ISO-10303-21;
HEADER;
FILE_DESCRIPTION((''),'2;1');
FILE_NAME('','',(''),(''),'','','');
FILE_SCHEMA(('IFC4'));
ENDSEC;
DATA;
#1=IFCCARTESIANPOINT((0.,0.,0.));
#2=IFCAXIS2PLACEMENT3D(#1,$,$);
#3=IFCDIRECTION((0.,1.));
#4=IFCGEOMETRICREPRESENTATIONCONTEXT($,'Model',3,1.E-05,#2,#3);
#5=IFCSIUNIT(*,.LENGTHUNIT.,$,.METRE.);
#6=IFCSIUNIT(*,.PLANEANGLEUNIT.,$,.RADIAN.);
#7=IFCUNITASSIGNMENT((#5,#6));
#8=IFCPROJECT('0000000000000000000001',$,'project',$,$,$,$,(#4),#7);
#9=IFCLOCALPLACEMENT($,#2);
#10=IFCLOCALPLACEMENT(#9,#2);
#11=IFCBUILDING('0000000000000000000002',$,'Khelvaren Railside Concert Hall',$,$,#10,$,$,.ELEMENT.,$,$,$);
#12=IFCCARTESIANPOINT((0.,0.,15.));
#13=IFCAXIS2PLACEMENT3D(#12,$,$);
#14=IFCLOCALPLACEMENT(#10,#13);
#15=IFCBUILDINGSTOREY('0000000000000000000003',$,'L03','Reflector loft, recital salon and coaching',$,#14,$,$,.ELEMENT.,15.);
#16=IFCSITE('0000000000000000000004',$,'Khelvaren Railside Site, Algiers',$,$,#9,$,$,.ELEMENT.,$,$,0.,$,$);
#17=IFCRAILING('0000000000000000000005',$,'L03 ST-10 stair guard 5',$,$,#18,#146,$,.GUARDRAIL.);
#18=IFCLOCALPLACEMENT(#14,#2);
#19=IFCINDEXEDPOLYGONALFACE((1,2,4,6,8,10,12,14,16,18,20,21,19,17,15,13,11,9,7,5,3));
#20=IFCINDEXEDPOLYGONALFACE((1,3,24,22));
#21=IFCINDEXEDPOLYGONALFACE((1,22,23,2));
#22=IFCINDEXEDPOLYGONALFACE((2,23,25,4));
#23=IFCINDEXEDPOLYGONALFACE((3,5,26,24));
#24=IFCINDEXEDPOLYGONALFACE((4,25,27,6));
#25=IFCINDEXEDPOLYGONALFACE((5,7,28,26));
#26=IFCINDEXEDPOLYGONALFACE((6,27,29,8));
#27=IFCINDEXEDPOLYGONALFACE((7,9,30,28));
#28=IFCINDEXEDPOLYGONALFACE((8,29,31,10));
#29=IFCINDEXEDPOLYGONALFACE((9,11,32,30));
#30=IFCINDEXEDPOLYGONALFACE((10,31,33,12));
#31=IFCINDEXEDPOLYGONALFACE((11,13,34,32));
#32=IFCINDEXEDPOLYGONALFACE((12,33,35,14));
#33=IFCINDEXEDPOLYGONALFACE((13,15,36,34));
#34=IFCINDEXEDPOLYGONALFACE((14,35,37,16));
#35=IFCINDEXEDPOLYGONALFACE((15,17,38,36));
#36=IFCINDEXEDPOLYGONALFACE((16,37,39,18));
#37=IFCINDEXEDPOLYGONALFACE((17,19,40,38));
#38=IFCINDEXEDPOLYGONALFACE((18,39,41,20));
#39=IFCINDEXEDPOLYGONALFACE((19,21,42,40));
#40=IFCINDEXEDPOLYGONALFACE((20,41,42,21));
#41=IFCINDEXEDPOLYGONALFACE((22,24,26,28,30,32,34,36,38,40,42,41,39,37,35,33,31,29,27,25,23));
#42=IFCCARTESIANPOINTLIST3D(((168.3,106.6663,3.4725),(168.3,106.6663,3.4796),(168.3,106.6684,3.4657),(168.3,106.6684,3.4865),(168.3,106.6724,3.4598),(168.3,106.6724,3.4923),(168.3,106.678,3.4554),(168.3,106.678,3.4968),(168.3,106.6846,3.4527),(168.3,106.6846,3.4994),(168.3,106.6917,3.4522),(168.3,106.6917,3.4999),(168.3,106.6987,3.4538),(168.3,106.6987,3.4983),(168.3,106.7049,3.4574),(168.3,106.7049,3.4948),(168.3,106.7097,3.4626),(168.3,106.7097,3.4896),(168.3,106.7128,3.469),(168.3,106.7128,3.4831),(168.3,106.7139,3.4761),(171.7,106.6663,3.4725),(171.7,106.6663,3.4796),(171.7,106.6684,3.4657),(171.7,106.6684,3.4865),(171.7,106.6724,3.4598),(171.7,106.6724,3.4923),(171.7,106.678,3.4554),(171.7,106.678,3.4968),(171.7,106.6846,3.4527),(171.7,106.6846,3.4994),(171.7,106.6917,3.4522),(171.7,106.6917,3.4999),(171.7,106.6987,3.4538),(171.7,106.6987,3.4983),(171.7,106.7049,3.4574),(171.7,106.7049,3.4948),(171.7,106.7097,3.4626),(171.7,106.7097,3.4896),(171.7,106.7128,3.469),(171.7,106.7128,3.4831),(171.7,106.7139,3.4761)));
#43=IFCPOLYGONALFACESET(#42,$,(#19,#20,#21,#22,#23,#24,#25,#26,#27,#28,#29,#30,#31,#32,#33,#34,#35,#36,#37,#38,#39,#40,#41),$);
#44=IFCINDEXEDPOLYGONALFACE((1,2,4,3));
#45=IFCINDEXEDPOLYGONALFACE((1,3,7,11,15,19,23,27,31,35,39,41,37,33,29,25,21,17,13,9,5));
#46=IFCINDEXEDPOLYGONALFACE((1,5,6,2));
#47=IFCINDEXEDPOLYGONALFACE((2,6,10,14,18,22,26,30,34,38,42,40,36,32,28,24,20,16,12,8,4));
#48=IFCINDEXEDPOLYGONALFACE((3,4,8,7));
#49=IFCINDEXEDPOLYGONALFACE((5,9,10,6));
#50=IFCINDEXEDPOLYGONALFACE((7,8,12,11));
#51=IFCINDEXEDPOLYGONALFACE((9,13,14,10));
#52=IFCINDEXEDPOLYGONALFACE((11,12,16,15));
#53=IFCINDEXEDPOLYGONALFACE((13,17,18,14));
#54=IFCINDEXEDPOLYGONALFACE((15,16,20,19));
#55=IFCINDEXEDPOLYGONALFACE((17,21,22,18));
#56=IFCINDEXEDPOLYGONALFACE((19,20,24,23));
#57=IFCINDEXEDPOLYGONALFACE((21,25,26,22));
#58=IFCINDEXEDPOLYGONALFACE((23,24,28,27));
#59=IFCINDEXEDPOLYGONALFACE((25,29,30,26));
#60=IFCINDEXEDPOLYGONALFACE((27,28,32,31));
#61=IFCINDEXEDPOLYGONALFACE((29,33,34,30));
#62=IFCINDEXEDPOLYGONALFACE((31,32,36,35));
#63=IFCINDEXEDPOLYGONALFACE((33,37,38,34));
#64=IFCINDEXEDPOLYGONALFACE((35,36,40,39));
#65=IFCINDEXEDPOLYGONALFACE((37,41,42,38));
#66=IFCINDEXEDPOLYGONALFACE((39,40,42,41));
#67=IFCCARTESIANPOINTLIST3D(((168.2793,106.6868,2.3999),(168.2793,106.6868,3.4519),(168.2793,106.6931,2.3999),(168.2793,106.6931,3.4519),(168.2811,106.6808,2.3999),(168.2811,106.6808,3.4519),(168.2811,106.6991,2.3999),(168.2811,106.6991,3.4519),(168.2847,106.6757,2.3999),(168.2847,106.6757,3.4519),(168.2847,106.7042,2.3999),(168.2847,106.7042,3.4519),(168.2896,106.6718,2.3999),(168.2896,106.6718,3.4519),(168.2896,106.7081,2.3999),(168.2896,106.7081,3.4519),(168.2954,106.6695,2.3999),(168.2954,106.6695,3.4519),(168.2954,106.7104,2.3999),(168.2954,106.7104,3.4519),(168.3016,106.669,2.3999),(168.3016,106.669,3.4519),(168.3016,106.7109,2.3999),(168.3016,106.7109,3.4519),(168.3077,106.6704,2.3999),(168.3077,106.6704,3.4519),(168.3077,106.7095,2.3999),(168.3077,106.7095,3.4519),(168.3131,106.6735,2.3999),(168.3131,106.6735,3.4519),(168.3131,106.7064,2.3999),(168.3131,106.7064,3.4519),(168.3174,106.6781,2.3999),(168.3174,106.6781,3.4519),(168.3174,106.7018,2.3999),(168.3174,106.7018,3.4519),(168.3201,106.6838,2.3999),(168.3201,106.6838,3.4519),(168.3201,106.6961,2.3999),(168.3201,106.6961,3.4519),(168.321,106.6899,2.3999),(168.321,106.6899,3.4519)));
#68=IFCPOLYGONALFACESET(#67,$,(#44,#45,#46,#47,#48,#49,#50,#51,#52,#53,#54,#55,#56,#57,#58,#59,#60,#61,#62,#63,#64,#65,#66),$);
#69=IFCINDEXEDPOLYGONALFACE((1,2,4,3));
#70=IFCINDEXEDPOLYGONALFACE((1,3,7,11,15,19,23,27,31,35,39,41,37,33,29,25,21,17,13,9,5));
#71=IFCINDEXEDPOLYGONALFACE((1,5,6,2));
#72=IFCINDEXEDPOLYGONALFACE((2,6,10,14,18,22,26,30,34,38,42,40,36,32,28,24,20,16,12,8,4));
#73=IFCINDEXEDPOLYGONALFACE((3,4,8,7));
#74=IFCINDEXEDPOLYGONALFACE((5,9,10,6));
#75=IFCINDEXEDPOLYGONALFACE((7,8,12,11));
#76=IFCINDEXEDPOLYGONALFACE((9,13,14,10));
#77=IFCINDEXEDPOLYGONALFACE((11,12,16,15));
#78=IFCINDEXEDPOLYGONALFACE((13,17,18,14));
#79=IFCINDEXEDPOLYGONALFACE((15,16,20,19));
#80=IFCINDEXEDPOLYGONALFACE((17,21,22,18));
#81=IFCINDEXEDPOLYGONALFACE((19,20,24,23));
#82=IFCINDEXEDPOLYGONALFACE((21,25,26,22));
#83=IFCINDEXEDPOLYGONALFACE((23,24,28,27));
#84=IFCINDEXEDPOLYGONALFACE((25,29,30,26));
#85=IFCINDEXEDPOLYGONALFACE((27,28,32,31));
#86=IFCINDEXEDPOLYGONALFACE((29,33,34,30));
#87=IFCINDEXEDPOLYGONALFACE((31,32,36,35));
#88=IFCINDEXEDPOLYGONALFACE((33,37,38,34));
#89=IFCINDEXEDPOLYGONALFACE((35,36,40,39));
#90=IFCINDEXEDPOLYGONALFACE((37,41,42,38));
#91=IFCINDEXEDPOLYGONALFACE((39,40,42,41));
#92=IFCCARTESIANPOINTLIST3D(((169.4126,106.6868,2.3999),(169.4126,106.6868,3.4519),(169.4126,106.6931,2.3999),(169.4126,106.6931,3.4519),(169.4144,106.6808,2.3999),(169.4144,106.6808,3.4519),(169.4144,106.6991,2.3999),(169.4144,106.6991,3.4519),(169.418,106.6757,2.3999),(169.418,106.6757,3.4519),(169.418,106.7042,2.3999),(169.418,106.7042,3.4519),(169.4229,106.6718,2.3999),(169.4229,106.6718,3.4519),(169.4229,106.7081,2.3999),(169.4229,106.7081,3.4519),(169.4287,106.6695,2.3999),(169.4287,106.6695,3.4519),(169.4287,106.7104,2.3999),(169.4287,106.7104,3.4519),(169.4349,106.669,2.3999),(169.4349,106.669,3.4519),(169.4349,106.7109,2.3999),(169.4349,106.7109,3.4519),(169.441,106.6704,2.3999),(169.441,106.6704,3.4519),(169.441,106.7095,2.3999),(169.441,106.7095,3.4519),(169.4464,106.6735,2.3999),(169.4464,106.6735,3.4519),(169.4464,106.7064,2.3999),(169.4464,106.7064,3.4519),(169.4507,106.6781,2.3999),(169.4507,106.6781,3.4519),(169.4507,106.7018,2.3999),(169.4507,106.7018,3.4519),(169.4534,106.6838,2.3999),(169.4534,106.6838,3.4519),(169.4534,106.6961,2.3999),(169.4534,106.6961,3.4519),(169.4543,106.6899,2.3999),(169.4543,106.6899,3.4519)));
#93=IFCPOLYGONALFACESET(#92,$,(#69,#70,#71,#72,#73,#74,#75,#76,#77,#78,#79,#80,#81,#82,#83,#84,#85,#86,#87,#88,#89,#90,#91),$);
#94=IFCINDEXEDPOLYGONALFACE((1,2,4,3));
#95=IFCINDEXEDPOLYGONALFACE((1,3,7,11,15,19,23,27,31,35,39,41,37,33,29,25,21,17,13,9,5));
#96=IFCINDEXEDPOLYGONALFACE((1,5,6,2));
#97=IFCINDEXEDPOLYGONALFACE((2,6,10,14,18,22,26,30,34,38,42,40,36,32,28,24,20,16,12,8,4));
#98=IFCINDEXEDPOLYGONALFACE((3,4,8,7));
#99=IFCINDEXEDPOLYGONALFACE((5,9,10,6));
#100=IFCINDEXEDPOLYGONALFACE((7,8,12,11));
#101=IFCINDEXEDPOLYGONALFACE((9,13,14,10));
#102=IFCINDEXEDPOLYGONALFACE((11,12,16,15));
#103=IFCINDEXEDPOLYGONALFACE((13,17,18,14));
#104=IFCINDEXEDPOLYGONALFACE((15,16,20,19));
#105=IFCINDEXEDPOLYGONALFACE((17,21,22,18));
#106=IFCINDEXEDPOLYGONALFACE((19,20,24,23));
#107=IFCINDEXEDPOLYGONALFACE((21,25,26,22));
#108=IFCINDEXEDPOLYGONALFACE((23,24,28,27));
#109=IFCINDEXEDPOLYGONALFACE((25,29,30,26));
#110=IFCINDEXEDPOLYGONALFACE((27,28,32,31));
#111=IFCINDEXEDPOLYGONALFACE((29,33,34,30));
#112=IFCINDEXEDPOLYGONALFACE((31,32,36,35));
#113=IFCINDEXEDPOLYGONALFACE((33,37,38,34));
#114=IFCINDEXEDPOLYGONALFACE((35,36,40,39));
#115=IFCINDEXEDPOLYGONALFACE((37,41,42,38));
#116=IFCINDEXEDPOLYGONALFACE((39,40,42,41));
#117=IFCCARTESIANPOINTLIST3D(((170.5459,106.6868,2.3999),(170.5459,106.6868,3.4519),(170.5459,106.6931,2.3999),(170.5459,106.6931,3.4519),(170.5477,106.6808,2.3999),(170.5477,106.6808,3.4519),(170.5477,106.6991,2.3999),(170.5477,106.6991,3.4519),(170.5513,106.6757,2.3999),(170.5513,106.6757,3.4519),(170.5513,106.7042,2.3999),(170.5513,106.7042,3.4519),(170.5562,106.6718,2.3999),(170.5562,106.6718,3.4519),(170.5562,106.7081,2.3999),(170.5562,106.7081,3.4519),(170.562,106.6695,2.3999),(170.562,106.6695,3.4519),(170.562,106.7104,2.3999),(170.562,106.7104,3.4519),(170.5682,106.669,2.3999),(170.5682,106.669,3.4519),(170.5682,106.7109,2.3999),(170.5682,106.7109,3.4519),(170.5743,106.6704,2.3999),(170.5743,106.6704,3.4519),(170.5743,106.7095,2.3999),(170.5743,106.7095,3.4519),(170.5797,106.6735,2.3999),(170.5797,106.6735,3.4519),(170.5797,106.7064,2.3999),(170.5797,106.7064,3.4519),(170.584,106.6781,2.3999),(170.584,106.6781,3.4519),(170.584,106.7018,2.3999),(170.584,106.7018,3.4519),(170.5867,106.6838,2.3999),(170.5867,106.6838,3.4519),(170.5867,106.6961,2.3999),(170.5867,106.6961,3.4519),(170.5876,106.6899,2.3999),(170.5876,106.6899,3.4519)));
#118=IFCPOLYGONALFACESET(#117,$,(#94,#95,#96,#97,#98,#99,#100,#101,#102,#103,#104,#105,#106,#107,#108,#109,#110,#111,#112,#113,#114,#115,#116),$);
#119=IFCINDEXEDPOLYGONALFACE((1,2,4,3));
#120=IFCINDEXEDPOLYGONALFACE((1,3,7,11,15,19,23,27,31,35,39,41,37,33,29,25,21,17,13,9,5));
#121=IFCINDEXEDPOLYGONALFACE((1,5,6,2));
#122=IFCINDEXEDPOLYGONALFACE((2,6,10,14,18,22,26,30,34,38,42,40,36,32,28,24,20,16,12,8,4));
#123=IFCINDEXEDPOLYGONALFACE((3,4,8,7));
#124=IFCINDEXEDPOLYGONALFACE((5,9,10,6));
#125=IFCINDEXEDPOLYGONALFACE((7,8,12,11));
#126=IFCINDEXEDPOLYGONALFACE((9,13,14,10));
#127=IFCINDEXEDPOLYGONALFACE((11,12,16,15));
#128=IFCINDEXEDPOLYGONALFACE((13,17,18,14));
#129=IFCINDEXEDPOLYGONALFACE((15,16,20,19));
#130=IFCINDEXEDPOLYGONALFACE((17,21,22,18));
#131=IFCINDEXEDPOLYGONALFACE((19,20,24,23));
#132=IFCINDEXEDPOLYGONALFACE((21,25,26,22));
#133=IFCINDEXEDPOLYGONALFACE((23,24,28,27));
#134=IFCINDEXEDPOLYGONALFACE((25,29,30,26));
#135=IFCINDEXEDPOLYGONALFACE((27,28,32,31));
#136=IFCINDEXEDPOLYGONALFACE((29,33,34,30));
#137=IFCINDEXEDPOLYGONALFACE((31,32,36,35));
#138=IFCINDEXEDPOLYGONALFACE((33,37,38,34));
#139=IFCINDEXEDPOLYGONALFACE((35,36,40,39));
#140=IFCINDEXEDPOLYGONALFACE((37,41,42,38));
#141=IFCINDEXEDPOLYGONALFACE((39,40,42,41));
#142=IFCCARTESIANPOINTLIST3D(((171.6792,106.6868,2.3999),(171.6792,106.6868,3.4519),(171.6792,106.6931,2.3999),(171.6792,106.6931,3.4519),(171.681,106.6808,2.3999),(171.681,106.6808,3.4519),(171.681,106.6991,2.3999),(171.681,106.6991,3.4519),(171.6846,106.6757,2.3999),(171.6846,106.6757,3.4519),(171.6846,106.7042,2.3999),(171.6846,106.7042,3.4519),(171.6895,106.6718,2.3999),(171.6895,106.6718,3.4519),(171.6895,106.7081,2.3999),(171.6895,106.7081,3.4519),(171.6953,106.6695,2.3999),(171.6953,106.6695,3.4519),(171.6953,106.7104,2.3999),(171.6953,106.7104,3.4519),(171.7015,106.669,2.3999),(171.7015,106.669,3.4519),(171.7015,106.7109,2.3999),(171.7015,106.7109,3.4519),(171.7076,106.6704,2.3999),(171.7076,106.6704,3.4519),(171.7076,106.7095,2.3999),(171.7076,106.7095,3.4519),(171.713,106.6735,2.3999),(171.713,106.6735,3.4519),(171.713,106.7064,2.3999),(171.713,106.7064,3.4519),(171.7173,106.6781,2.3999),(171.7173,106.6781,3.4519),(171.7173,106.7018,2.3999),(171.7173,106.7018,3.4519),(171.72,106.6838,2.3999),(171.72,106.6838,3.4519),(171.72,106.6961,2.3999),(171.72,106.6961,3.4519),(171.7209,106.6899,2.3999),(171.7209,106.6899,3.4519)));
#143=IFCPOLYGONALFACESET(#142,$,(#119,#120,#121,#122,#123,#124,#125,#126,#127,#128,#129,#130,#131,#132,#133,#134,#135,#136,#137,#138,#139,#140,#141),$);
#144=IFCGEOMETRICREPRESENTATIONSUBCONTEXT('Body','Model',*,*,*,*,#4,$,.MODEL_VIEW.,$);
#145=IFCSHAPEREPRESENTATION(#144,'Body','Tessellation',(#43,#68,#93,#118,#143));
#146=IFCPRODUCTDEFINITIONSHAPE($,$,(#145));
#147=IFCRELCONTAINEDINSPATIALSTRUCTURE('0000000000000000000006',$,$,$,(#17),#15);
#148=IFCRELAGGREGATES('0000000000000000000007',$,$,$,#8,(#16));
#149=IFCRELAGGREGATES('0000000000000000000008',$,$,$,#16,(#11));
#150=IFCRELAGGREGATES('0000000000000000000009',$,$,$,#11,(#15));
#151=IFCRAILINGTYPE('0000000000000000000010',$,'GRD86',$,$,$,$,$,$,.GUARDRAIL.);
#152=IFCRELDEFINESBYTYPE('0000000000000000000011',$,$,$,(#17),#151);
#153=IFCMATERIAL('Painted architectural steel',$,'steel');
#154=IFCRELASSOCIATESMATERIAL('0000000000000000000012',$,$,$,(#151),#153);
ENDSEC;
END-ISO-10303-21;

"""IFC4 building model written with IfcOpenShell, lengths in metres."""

from ifc_helpers import new_model, si_unit, direction, frame, origin, origin_2d, place, context, subcontext, project, spatial, circle, extrude, material, type_object, element, save


model = new_model("IFC4")

# Units and contexts
model_context = context("Model", 3, precision=1e-05, world=origin(), true_north=direction((0.0, 1.0)))
body_context = subcontext(model_context, "Body", "Model", "MODEL_VIEW")
ifc_project = project(units=[si_unit("LENGTHUNIT", "METRE"), si_unit("PLANEANGLEUNIT", "RADIAN")], contexts=[model_context])

# Site, building, storey
site_placement = place(None, origin())
site = spatial("IfcSite", under=ifc_project, at=site_placement, Name="Khelvaren Railside Site, Algiers", CompositionType="ELEMENT", RefElevation=0.0)
building_placement = place(site_placement, origin())
building = spatial("IfcBuilding", under=site, at=building_placement, Name="Khelvaren Railside Concert Hall", CompositionType="ELEMENT")
storey_placement = place(building_placement, frame((0.0, 0.0, 15.0)))
storey = spatial("IfcBuildingStorey", under=building, at=storey_placement, Name="L03", Description="Reflector loft, recital salon and coaching", CompositionType="ELEMENT", Elevation=15.0)

# Railing
ifc_material_1 = material(Name="Painted architectural steel", Category="steel")
railing_type = type_object("IfcRailingType", Name="GRD86", PredefinedType="GUARDRAIL", material=ifc_material_1)
railing_1_placement = place(storey_placement, frame((168.3, 106.6899, 2.3999)))
element("IfcRailing", 1, at=railing_1_placement, inside=storey, type_object=railing_type, Name="L03 ST-10 stair guard 5", PredefinedType="GUARDRAIL", context=body_context, shape_type="SweptSolid", body=[
    extrude(circle(Radius=0.0239, at=origin_2d()), frame((0.0, 0.0, 1.0762), z_axis=(1.0, 0.0, 0.0), x_axis=(0.0, 1.0, 0.0)), (0.0, 0.0, 1.0), 3.3999),
    extrude(circle(Radius=0.021, at=origin_2d()), origin(), (0.0, 0.0, 1.0), 1.052),
    extrude(circle(Radius=0.021, at=origin_2d()), frame((1.1333, 0.0, 0.0)), (0.0, 0.0, 1.0), 1.052),
    extrude(circle(Radius=0.021, at=origin_2d()), frame((2.2666, 0.0, 0.0)), (0.0, 0.0, 1.0), 1.052),
    extrude(circle(Radius=0.021, at=origin_2d()), frame((3.3999, 0.0, 0.0)), (0.0, 0.0, 1.0), 1.052),
])

save(model, "model.ifc")
